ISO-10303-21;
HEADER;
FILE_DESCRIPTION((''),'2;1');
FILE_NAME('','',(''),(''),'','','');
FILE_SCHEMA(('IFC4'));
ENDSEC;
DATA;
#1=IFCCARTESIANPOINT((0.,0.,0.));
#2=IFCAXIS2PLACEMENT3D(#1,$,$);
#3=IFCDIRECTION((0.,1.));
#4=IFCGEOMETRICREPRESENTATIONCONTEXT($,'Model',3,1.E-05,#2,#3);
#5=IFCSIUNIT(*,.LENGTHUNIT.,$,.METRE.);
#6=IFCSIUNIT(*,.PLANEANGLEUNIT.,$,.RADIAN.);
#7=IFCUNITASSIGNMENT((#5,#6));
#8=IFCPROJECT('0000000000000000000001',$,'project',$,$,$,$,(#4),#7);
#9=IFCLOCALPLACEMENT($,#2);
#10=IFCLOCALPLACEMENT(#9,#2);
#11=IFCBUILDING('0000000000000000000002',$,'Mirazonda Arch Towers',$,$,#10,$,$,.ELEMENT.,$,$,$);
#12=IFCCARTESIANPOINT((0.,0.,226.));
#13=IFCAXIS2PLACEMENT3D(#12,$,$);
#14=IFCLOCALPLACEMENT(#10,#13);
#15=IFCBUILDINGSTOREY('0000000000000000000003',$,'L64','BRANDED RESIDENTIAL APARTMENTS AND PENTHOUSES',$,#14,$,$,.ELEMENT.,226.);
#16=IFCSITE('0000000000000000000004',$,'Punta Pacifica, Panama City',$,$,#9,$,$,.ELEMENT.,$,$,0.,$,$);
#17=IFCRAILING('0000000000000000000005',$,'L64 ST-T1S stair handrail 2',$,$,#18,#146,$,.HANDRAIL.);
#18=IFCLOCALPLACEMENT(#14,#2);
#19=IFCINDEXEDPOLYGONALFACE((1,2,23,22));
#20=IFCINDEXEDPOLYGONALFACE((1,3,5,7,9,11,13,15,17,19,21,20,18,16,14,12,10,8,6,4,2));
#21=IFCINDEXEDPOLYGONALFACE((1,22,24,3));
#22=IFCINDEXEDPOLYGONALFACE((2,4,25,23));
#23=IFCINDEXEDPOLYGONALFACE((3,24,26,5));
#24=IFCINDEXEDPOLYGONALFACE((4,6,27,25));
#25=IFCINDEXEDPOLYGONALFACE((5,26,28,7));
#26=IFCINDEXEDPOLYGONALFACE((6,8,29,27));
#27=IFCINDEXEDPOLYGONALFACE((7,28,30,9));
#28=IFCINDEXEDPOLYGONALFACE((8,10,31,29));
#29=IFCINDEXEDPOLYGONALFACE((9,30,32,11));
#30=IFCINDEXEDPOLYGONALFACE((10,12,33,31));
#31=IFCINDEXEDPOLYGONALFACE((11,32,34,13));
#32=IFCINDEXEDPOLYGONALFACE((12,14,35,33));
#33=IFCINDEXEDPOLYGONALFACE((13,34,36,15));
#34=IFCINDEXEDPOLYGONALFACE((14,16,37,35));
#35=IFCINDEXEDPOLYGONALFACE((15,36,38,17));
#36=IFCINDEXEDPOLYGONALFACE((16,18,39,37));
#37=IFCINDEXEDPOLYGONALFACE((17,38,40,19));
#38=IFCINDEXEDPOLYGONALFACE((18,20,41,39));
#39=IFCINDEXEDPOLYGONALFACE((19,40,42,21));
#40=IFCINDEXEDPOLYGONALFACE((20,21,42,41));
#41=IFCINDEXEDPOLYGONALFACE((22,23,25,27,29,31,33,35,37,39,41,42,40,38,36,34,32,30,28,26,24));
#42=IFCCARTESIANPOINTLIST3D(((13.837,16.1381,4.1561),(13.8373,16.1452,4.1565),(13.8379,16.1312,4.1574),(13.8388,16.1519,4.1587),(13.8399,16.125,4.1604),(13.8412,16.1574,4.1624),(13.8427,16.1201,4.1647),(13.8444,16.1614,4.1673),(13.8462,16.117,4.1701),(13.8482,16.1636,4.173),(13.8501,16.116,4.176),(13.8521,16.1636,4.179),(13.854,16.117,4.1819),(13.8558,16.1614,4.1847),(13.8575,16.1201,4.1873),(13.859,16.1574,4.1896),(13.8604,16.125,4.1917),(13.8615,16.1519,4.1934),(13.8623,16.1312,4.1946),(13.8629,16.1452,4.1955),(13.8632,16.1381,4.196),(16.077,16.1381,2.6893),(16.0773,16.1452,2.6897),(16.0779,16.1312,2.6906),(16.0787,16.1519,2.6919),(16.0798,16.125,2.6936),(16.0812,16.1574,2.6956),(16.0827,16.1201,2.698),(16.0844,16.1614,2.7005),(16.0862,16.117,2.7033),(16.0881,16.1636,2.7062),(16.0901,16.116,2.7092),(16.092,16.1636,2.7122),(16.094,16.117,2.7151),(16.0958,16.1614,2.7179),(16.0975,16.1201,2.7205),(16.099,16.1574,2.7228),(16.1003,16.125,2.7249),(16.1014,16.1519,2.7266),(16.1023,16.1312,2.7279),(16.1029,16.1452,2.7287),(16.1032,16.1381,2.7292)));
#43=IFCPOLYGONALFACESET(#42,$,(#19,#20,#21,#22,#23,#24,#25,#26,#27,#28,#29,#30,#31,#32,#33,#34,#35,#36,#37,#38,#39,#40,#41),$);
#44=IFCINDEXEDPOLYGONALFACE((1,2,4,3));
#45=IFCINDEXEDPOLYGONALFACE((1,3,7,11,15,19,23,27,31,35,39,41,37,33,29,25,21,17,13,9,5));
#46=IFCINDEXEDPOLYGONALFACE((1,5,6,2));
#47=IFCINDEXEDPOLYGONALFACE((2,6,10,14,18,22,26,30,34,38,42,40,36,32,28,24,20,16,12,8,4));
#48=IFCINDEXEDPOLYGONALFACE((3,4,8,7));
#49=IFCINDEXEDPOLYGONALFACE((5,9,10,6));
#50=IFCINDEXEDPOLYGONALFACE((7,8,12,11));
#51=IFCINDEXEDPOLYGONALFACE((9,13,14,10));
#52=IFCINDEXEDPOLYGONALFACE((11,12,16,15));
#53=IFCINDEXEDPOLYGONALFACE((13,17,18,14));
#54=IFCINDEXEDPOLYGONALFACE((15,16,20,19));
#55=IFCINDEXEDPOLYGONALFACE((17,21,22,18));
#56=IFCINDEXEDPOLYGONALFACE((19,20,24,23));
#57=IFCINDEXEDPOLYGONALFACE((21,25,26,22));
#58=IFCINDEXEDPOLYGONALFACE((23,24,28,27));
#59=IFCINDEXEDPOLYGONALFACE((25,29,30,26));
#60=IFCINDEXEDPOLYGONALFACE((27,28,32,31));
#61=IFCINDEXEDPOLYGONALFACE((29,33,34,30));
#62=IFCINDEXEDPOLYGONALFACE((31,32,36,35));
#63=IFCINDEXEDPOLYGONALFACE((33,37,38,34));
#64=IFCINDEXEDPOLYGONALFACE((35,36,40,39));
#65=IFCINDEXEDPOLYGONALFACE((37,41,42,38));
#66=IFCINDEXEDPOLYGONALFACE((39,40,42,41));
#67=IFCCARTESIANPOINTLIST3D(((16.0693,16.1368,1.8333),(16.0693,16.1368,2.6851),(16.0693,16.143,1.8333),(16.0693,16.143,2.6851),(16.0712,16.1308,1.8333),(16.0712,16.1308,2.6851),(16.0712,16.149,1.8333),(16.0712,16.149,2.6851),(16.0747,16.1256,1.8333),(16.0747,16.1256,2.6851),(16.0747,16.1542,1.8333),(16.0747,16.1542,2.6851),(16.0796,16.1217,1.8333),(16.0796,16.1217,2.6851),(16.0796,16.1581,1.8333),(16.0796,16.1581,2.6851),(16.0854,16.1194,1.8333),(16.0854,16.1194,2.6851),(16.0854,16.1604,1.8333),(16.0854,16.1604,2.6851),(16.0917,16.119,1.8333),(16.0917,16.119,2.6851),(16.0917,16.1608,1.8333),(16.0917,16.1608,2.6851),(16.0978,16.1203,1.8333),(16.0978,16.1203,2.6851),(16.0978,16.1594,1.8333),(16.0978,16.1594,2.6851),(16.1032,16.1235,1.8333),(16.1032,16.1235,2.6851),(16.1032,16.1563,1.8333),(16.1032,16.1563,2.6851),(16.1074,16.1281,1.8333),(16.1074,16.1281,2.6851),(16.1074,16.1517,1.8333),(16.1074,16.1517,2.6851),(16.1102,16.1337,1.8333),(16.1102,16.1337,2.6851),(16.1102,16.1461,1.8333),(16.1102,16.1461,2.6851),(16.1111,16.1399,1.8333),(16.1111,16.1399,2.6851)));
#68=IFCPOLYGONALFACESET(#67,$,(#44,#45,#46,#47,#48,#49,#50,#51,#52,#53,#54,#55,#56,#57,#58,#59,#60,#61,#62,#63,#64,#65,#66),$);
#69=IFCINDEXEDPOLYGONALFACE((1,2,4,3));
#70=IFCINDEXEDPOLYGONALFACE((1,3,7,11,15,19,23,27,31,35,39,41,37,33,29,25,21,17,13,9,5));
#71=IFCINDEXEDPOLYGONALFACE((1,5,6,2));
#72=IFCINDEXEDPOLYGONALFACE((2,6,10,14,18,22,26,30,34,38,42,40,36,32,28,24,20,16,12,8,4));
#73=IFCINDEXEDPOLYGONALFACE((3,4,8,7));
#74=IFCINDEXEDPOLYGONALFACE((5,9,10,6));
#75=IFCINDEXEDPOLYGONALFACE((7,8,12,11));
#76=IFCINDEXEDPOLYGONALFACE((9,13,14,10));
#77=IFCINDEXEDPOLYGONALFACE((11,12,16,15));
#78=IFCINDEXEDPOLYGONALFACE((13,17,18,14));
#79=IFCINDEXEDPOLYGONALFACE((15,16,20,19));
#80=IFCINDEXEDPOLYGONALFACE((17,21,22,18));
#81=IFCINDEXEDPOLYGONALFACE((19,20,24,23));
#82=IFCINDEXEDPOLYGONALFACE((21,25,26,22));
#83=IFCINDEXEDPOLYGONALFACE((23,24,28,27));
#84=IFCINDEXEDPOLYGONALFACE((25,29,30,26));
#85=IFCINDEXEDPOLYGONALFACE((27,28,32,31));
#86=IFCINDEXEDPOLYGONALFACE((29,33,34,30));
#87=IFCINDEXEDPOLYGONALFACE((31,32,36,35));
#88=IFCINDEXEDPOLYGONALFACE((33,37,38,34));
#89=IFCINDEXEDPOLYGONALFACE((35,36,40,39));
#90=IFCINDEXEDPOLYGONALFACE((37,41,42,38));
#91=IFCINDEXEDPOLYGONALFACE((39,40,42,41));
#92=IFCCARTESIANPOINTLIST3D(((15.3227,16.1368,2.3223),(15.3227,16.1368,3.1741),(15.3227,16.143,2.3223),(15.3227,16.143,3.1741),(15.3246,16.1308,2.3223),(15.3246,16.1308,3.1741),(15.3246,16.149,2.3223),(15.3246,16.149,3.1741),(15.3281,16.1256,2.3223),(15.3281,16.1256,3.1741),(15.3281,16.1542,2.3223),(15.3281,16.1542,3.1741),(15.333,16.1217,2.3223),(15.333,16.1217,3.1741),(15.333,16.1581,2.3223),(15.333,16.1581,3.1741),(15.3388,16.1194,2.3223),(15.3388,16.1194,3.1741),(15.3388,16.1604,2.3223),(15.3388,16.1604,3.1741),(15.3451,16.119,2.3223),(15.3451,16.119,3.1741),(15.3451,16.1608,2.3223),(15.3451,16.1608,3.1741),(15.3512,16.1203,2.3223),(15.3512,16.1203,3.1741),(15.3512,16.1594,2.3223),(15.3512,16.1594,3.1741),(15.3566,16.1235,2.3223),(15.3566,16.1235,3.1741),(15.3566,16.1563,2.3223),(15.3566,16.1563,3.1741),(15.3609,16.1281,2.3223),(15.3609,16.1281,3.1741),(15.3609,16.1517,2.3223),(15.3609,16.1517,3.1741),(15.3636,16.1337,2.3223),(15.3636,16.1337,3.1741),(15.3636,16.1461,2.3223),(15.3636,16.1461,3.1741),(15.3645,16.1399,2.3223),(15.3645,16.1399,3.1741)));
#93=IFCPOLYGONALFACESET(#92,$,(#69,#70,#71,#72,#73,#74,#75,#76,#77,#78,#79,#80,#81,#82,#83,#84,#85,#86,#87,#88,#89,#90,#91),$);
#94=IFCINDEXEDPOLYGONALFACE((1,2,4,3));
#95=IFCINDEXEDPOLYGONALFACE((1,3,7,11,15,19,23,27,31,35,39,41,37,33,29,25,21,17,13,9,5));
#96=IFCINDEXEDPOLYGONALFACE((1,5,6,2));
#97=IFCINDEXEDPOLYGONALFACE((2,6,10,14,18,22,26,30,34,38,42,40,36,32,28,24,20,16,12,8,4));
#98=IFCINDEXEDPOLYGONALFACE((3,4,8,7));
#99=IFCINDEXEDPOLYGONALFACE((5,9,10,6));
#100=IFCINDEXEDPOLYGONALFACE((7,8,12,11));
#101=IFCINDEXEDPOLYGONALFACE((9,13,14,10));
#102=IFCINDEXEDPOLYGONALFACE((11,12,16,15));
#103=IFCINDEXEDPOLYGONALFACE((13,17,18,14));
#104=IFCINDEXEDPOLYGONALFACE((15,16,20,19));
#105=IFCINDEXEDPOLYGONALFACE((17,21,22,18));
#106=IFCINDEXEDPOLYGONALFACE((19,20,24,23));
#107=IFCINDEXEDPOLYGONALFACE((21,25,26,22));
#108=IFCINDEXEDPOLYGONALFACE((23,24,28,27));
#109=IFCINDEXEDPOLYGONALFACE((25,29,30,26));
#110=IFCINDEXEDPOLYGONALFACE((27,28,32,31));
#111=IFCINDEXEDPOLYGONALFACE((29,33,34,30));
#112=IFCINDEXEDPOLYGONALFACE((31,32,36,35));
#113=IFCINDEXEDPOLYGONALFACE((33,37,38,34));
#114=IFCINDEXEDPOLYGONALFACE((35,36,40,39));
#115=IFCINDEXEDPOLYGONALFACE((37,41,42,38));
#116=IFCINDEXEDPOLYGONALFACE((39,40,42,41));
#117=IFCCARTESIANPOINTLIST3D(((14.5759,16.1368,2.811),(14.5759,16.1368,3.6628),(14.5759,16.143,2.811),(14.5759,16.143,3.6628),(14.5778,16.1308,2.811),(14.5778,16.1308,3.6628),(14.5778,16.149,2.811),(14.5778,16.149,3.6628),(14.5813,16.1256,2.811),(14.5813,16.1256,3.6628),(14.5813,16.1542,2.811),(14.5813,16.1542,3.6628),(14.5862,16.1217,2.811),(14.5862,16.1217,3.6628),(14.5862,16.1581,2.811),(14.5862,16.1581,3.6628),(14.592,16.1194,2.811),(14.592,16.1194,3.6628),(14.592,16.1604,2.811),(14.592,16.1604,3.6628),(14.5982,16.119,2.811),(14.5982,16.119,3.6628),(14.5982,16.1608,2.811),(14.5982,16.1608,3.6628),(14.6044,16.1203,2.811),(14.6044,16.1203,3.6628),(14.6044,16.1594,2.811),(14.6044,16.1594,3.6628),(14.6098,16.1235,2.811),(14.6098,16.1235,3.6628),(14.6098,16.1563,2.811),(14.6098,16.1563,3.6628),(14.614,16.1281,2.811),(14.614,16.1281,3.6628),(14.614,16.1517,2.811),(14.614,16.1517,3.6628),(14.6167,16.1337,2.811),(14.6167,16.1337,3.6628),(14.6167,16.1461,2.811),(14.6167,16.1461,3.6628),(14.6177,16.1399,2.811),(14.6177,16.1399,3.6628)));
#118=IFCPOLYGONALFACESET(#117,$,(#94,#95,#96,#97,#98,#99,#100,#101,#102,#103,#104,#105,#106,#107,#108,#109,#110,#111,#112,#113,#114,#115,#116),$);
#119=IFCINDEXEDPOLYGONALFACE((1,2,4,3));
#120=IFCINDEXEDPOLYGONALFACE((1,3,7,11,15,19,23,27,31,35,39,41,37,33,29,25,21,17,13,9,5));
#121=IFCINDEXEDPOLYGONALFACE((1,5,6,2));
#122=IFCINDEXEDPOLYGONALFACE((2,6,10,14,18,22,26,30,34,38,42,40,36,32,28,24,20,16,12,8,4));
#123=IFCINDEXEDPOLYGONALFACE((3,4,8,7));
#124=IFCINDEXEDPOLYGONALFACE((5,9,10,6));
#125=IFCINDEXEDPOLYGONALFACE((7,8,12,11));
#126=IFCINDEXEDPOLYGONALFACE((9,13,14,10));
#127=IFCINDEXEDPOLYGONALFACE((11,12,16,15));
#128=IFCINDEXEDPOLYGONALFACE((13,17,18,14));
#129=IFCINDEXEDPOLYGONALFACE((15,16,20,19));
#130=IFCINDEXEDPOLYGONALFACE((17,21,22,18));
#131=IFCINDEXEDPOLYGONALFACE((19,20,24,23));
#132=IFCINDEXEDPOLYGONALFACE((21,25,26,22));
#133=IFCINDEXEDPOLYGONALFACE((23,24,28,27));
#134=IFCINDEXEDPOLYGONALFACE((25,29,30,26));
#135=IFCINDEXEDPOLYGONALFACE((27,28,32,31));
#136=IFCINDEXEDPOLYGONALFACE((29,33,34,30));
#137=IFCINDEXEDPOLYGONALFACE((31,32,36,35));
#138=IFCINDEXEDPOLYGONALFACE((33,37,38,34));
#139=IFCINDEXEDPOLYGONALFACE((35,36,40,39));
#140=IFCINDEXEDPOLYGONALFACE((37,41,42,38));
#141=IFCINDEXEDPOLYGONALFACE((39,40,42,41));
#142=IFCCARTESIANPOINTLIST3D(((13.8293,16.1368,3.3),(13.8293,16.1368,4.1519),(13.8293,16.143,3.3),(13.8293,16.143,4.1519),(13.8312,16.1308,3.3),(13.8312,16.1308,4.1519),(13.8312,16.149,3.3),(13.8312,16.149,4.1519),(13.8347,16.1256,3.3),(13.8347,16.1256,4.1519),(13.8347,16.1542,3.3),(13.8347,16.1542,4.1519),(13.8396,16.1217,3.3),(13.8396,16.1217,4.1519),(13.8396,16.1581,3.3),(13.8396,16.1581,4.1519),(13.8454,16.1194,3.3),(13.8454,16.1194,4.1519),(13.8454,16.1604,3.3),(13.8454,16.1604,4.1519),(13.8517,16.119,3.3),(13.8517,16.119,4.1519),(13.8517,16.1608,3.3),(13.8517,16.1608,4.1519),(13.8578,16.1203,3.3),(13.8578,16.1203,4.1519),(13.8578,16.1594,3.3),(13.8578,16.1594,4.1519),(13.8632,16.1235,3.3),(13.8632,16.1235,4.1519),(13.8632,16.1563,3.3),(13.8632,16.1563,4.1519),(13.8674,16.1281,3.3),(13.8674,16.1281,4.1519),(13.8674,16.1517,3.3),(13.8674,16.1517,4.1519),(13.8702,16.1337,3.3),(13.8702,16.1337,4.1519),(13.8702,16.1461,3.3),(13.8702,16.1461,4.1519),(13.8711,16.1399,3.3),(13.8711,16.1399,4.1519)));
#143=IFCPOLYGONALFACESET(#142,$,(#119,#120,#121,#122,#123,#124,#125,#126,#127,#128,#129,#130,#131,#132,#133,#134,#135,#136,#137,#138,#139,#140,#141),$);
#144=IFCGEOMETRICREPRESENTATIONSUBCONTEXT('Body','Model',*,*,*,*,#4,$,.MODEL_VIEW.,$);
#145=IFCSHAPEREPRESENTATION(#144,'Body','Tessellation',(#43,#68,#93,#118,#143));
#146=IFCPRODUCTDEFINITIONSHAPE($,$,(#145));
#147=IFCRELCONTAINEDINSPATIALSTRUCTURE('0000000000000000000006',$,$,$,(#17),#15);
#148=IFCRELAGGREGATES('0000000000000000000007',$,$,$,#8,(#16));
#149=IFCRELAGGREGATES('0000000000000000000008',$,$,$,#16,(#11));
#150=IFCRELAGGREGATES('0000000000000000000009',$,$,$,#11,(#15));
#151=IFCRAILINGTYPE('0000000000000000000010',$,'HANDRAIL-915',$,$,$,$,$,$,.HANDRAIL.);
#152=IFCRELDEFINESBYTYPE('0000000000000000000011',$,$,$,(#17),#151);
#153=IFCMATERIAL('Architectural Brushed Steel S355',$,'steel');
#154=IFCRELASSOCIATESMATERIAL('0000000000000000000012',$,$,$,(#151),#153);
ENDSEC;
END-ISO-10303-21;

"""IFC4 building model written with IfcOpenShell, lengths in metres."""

from ifc_helpers import new_model, si_unit, direction, frame, origin, origin_2d, place, context, subcontext, project, spatial, circle, extrude, material, type_object, element, save


model = new_model("IFC4")

# Units and contexts
model_context = context("Model", 3, precision=1e-05, world=origin(), true_north=direction((0.0, 1.0)))
body_context = subcontext(model_context, "Body", "Model", "MODEL_VIEW")
ifc_project = project(units=[si_unit("LENGTHUNIT", "METRE"), si_unit("PLANEANGLEUNIT", "RADIAN")], contexts=[model_context])

# Site, building, storey
site_placement = place(None, origin())
site = spatial("IfcSite", under=ifc_project, at=site_placement, Name="Punta Pacifica, Panama City", CompositionType="ELEMENT", RefElevation=0.0)
building_placement = place(site_placement, origin())
building = spatial("IfcBuilding", under=site, at=building_placement, Name="Mirazonda Arch Towers", CompositionType="ELEMENT")
storey_placement = place(building_placement, frame((0.0, 0.0, 226.0)))
storey = spatial("IfcBuildingStorey", under=building, at=storey_placement, Name="L64", Description="BRANDED RESIDENTIAL APARTMENTS AND PENTHOUSES", CompositionType="ELEMENT", Elevation=226.0)

# Shared definitions
ifc_material_1 = material(Name="Architectural Brushed Steel S355", Category="steel")

# Railing
railing_type_1 = type_object("IfcRailingType", Name="HANDRAIL-915", PredefinedType="HANDRAIL", material=ifc_material_1)
railing_1_placement = place(storey_placement, frame((16.0901, 16.1399, 1.8333)))
element("IfcRailing", 1, at=railing_1_placement, inside=storey, type_object=railing_type_1, Name="L64 ST-T1S stair handrail 2", PredefinedType="HANDRAIL", context=body_context, shape_type="SweptSolid", body=[
    extrude(circle(Radius=0.0239, at=origin_2d()), frame((0.0, 0.0, 0.876), z_axis=(-0.836595, 0.0, 0.547822), x_axis=(0.0, -1.0, 0.0)), (0.0, 0.0, 1.0), 2.6775),
    extrude(circle(Radius=0.021, at=origin_2d()), origin(), (0.0, 0.0, 1.0), 0.8518),
    extrude(circle(Radius=0.021, at=origin_2d()), frame((-0.7466, 0.0, 0.489)), (0.0, 0.0, 1.0), 0.8518),
    extrude(circle(Radius=0.021, at=origin_2d()), frame((-1.4934, 0.0, 0.9778)), (0.0, 0.0, 1.0), 0.8518),
    extrude(circle(Radius=0.021, at=origin_2d()), frame((-2.24, 0.0, 1.4668)), (0.0, 0.0, 1.0), 0.8518),
])

save(model, "model.ifc")
